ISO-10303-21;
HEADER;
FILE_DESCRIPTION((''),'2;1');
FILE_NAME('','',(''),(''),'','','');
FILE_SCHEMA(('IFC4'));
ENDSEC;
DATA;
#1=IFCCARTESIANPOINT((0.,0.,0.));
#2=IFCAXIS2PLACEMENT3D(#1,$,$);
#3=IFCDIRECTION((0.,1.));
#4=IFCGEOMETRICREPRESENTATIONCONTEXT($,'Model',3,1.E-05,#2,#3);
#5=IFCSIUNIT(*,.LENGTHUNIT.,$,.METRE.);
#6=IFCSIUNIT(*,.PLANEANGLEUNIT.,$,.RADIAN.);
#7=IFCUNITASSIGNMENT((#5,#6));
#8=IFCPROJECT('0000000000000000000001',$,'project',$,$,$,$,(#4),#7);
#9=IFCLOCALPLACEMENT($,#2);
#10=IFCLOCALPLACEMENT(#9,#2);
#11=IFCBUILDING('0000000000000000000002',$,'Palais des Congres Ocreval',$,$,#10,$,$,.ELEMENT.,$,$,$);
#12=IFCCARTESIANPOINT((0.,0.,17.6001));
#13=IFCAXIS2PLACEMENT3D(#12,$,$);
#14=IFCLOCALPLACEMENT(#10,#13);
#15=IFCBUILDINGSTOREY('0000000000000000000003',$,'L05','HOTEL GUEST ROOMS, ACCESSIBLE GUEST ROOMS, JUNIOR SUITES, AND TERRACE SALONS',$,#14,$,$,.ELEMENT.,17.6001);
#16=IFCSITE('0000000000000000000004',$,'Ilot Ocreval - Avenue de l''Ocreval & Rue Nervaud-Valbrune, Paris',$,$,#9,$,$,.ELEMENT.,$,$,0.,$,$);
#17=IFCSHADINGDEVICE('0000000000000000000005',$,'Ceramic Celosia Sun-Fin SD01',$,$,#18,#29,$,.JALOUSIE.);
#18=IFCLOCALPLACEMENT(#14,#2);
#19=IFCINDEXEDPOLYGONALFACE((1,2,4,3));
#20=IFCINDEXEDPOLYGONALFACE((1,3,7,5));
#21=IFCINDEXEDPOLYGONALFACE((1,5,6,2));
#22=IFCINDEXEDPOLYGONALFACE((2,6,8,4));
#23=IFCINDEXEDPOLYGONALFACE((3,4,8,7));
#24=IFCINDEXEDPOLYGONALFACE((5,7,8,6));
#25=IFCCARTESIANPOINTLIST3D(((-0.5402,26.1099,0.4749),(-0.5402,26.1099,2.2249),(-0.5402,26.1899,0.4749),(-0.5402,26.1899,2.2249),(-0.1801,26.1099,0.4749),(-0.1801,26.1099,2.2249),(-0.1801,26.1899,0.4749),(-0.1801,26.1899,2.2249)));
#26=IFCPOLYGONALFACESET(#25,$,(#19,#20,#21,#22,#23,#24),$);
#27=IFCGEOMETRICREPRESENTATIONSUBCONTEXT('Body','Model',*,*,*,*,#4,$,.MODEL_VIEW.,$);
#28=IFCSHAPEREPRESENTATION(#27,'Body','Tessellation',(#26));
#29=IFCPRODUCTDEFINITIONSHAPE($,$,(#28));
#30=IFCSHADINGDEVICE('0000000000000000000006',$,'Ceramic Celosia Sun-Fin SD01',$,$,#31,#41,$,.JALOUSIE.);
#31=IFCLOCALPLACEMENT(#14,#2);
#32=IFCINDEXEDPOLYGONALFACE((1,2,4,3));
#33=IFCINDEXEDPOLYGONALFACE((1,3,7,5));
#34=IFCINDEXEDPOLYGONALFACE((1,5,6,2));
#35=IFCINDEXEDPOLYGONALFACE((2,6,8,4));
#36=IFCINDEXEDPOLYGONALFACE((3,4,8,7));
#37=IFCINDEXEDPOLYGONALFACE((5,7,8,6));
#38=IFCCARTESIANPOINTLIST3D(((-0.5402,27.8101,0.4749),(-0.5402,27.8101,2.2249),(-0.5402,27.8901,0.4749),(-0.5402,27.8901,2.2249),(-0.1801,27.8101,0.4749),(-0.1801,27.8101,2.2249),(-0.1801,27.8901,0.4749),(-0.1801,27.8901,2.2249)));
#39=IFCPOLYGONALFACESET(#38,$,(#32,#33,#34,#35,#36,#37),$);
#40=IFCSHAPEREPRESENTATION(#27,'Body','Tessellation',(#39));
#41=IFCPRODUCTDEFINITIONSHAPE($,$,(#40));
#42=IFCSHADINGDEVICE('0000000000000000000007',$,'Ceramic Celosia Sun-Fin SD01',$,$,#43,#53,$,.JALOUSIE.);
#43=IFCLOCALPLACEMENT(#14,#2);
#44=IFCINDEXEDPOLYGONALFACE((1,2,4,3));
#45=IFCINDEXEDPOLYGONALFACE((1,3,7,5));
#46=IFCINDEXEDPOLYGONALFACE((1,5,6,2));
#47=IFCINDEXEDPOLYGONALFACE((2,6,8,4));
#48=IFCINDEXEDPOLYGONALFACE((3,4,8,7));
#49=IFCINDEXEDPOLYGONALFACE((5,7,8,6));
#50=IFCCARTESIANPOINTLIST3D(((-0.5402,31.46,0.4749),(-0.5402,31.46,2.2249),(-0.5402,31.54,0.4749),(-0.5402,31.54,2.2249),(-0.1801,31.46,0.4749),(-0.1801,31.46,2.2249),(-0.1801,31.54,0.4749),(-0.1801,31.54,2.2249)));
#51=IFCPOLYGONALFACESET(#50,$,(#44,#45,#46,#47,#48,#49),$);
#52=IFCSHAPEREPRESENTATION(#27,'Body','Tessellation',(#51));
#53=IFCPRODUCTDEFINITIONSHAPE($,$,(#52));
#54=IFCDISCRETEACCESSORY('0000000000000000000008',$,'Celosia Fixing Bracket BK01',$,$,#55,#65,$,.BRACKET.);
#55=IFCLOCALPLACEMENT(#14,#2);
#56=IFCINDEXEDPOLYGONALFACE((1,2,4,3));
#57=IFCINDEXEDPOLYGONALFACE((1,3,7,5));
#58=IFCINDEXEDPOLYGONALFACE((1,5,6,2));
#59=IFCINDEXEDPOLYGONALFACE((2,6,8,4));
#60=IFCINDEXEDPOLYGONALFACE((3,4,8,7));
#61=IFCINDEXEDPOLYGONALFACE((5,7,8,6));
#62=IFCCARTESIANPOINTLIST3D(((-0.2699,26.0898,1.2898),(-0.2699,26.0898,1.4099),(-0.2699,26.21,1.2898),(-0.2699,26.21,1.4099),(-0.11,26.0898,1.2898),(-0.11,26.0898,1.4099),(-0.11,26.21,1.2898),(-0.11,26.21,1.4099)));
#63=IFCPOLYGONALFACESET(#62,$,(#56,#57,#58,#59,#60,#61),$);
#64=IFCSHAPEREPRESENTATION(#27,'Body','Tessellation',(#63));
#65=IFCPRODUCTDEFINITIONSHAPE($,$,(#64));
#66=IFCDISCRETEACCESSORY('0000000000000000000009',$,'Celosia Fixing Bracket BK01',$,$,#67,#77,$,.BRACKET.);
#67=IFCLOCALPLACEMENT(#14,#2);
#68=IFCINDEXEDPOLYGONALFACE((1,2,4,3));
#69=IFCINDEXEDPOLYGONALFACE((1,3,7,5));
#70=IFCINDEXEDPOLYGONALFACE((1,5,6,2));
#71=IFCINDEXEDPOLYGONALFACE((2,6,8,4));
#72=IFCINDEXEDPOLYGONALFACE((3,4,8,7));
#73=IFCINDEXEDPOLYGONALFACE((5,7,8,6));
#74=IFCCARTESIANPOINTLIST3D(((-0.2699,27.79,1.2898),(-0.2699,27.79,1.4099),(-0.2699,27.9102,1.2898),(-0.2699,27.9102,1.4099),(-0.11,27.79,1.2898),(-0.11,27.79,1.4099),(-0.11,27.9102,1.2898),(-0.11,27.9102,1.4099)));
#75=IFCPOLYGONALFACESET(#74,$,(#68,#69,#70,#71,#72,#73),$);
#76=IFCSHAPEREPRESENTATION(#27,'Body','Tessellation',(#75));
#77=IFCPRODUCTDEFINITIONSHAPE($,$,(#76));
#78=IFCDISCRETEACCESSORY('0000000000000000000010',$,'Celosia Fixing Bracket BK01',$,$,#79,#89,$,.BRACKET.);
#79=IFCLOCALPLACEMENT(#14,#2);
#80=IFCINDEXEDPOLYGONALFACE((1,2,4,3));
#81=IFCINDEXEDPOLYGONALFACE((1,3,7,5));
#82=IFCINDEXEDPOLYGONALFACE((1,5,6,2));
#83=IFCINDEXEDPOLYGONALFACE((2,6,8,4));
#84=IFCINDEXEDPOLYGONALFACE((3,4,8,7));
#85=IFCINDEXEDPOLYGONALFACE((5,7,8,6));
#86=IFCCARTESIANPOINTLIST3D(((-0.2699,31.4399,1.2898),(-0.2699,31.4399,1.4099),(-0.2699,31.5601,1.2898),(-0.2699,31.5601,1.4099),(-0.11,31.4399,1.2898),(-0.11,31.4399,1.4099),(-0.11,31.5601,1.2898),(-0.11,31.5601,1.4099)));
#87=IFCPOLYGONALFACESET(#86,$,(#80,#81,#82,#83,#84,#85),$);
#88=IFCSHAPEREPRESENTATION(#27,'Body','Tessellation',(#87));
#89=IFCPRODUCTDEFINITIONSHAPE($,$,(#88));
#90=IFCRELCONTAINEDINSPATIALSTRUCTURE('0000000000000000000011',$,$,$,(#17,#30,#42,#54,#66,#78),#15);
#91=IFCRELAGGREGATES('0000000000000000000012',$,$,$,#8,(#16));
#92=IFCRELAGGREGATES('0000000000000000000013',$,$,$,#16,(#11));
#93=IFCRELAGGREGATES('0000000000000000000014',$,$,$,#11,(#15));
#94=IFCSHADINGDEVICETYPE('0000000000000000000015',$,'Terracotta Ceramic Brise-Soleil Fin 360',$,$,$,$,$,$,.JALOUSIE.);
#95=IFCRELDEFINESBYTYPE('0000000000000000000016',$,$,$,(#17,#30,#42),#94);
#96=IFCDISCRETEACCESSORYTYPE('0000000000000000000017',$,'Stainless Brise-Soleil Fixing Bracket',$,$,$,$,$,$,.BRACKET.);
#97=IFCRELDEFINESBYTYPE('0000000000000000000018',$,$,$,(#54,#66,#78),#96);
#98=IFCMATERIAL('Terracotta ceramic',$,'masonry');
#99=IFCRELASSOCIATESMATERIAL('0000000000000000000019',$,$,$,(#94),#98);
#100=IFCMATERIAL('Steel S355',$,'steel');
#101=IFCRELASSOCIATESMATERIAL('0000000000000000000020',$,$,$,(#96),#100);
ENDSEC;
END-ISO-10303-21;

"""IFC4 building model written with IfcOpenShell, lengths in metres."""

from ifc_helpers import new_model, si_unit, direction, frame, origin, origin_2d, place, context, subcontext, project, spatial, rectangle, extrude, material, type_object, element, save


model = new_model("IFC4")

# Units and contexts
model_context = context("Model", 3, precision=1e-05, world=origin(), true_north=direction((0.0, 1.0)))
body_context = subcontext(model_context, "Body", "Model", "MODEL_VIEW")
ifc_project = project(units=[si_unit("LENGTHUNIT", "METRE"), si_unit("PLANEANGLEUNIT", "RADIAN")], contexts=[model_context])

# Site, building, storey
site_placement = place(None, origin())
site = spatial("IfcSite", under=ifc_project, at=site_placement, Name="Ilot Ocreval - Avenue de l'Ocreval & Rue Nervaud-Valbrune, Paris", CompositionType="ELEMENT", RefElevation=0.0)
building_placement = place(site_placement, origin())
building = spatial("IfcBuilding", under=site, at=building_placement, Name="Palais des Congres Ocreval", CompositionType="ELEMENT")
storey_placement = place(building_placement, frame((0.0, 0.0, 17.6001)))
storey = spatial("IfcBuildingStorey", under=building, at=storey_placement, Name="L05", Description="HOTEL GUEST ROOMS, ACCESSIBLE GUEST ROOMS, JUNIOR SUITES, AND TERRACE SALONS", CompositionType="ELEMENT", Elevation=17.6001)

# Shared definitions
ifc_material_1 = material(Name="Steel S355", Category="steel")

# Shading devices
ifc_material_2 = material(Name="Terracotta ceramic", Category="masonry")
shading_device_type = type_object("IfcShadingDeviceType", Name="Terracotta Ceramic Brise-Soleil Fin 360", PredefinedType="JALOUSIE", material=ifc_material_2)
for number, where, z_axis, x_axis, name in (
    (1, (-0.3601, 26.1499, 0.4749), (0.0, 0.0, 1.0), (-1.0, 0.0, 0.0), "Ceramic Celosia Sun-Fin SD01"),
    (2, (-0.3601, 27.8501, 0.4749), (0.0, 0.0, 1.0), (-1.0, 0.0, 0.0), "Ceramic Celosia Sun-Fin SD01"),
    (3, (-0.3601, 31.5, 0.4749), (0.0, 0.0, 1.0), (-1.0, 0.0, 0.0), "Ceramic Celosia Sun-Fin SD01"),
):
    element("IfcShadingDevice", number, at=place(storey_placement, frame(where, z_axis=z_axis, x_axis=x_axis)), inside=storey, type_object=shading_device_type, Name=name, PredefinedType="JALOUSIE", context=body_context, shape_type="SweptSolid", body=[
        extrude(rectangle(XDim=0.3601, YDim=0.0801, at=origin_2d()), origin(), (0.0, 0.0, 1.0), 1.75),
    ])

# Discrete accessories
discrete_accessory_type = type_object("IfcDiscreteAccessoryType", Name="Stainless Brise-Soleil Fixing Bracket", PredefinedType="BRACKET", material=ifc_material_1)
for number, where, z_axis, x_axis, name in (
    (4, (-0.1899, 26.1499, 1.2898), (0.0, 0.0, 1.0), (-1.0, 0.0, 0.0), "Celosia Fixing Bracket BK01"),
    (5, (-0.1899, 27.8501, 1.2898), (0.0, 0.0, 1.0), (-1.0, 0.0, 0.0), "Celosia Fixing Bracket BK01"),
    (6, (-0.1899, 31.5, 1.2898), (0.0, 0.0, 1.0), (-1.0, 0.0, 0.0), "Celosia Fixing Bracket BK01"),
):
    element("IfcDiscreteAccessory", number, at=place(storey_placement, frame(where, z_axis=z_axis, x_axis=x_axis)), inside=storey, type_object=discrete_accessory_type, Name=name, PredefinedType="BRACKET", context=body_context, shape_type="SweptSolid", body=[
        extrude(rectangle(XDim=0.1599, YDim=0.1201, at=origin_2d()), origin(), (0.0, 0.0, 1.0), 0.1201),
    ])

save(model, "model.ifc")
